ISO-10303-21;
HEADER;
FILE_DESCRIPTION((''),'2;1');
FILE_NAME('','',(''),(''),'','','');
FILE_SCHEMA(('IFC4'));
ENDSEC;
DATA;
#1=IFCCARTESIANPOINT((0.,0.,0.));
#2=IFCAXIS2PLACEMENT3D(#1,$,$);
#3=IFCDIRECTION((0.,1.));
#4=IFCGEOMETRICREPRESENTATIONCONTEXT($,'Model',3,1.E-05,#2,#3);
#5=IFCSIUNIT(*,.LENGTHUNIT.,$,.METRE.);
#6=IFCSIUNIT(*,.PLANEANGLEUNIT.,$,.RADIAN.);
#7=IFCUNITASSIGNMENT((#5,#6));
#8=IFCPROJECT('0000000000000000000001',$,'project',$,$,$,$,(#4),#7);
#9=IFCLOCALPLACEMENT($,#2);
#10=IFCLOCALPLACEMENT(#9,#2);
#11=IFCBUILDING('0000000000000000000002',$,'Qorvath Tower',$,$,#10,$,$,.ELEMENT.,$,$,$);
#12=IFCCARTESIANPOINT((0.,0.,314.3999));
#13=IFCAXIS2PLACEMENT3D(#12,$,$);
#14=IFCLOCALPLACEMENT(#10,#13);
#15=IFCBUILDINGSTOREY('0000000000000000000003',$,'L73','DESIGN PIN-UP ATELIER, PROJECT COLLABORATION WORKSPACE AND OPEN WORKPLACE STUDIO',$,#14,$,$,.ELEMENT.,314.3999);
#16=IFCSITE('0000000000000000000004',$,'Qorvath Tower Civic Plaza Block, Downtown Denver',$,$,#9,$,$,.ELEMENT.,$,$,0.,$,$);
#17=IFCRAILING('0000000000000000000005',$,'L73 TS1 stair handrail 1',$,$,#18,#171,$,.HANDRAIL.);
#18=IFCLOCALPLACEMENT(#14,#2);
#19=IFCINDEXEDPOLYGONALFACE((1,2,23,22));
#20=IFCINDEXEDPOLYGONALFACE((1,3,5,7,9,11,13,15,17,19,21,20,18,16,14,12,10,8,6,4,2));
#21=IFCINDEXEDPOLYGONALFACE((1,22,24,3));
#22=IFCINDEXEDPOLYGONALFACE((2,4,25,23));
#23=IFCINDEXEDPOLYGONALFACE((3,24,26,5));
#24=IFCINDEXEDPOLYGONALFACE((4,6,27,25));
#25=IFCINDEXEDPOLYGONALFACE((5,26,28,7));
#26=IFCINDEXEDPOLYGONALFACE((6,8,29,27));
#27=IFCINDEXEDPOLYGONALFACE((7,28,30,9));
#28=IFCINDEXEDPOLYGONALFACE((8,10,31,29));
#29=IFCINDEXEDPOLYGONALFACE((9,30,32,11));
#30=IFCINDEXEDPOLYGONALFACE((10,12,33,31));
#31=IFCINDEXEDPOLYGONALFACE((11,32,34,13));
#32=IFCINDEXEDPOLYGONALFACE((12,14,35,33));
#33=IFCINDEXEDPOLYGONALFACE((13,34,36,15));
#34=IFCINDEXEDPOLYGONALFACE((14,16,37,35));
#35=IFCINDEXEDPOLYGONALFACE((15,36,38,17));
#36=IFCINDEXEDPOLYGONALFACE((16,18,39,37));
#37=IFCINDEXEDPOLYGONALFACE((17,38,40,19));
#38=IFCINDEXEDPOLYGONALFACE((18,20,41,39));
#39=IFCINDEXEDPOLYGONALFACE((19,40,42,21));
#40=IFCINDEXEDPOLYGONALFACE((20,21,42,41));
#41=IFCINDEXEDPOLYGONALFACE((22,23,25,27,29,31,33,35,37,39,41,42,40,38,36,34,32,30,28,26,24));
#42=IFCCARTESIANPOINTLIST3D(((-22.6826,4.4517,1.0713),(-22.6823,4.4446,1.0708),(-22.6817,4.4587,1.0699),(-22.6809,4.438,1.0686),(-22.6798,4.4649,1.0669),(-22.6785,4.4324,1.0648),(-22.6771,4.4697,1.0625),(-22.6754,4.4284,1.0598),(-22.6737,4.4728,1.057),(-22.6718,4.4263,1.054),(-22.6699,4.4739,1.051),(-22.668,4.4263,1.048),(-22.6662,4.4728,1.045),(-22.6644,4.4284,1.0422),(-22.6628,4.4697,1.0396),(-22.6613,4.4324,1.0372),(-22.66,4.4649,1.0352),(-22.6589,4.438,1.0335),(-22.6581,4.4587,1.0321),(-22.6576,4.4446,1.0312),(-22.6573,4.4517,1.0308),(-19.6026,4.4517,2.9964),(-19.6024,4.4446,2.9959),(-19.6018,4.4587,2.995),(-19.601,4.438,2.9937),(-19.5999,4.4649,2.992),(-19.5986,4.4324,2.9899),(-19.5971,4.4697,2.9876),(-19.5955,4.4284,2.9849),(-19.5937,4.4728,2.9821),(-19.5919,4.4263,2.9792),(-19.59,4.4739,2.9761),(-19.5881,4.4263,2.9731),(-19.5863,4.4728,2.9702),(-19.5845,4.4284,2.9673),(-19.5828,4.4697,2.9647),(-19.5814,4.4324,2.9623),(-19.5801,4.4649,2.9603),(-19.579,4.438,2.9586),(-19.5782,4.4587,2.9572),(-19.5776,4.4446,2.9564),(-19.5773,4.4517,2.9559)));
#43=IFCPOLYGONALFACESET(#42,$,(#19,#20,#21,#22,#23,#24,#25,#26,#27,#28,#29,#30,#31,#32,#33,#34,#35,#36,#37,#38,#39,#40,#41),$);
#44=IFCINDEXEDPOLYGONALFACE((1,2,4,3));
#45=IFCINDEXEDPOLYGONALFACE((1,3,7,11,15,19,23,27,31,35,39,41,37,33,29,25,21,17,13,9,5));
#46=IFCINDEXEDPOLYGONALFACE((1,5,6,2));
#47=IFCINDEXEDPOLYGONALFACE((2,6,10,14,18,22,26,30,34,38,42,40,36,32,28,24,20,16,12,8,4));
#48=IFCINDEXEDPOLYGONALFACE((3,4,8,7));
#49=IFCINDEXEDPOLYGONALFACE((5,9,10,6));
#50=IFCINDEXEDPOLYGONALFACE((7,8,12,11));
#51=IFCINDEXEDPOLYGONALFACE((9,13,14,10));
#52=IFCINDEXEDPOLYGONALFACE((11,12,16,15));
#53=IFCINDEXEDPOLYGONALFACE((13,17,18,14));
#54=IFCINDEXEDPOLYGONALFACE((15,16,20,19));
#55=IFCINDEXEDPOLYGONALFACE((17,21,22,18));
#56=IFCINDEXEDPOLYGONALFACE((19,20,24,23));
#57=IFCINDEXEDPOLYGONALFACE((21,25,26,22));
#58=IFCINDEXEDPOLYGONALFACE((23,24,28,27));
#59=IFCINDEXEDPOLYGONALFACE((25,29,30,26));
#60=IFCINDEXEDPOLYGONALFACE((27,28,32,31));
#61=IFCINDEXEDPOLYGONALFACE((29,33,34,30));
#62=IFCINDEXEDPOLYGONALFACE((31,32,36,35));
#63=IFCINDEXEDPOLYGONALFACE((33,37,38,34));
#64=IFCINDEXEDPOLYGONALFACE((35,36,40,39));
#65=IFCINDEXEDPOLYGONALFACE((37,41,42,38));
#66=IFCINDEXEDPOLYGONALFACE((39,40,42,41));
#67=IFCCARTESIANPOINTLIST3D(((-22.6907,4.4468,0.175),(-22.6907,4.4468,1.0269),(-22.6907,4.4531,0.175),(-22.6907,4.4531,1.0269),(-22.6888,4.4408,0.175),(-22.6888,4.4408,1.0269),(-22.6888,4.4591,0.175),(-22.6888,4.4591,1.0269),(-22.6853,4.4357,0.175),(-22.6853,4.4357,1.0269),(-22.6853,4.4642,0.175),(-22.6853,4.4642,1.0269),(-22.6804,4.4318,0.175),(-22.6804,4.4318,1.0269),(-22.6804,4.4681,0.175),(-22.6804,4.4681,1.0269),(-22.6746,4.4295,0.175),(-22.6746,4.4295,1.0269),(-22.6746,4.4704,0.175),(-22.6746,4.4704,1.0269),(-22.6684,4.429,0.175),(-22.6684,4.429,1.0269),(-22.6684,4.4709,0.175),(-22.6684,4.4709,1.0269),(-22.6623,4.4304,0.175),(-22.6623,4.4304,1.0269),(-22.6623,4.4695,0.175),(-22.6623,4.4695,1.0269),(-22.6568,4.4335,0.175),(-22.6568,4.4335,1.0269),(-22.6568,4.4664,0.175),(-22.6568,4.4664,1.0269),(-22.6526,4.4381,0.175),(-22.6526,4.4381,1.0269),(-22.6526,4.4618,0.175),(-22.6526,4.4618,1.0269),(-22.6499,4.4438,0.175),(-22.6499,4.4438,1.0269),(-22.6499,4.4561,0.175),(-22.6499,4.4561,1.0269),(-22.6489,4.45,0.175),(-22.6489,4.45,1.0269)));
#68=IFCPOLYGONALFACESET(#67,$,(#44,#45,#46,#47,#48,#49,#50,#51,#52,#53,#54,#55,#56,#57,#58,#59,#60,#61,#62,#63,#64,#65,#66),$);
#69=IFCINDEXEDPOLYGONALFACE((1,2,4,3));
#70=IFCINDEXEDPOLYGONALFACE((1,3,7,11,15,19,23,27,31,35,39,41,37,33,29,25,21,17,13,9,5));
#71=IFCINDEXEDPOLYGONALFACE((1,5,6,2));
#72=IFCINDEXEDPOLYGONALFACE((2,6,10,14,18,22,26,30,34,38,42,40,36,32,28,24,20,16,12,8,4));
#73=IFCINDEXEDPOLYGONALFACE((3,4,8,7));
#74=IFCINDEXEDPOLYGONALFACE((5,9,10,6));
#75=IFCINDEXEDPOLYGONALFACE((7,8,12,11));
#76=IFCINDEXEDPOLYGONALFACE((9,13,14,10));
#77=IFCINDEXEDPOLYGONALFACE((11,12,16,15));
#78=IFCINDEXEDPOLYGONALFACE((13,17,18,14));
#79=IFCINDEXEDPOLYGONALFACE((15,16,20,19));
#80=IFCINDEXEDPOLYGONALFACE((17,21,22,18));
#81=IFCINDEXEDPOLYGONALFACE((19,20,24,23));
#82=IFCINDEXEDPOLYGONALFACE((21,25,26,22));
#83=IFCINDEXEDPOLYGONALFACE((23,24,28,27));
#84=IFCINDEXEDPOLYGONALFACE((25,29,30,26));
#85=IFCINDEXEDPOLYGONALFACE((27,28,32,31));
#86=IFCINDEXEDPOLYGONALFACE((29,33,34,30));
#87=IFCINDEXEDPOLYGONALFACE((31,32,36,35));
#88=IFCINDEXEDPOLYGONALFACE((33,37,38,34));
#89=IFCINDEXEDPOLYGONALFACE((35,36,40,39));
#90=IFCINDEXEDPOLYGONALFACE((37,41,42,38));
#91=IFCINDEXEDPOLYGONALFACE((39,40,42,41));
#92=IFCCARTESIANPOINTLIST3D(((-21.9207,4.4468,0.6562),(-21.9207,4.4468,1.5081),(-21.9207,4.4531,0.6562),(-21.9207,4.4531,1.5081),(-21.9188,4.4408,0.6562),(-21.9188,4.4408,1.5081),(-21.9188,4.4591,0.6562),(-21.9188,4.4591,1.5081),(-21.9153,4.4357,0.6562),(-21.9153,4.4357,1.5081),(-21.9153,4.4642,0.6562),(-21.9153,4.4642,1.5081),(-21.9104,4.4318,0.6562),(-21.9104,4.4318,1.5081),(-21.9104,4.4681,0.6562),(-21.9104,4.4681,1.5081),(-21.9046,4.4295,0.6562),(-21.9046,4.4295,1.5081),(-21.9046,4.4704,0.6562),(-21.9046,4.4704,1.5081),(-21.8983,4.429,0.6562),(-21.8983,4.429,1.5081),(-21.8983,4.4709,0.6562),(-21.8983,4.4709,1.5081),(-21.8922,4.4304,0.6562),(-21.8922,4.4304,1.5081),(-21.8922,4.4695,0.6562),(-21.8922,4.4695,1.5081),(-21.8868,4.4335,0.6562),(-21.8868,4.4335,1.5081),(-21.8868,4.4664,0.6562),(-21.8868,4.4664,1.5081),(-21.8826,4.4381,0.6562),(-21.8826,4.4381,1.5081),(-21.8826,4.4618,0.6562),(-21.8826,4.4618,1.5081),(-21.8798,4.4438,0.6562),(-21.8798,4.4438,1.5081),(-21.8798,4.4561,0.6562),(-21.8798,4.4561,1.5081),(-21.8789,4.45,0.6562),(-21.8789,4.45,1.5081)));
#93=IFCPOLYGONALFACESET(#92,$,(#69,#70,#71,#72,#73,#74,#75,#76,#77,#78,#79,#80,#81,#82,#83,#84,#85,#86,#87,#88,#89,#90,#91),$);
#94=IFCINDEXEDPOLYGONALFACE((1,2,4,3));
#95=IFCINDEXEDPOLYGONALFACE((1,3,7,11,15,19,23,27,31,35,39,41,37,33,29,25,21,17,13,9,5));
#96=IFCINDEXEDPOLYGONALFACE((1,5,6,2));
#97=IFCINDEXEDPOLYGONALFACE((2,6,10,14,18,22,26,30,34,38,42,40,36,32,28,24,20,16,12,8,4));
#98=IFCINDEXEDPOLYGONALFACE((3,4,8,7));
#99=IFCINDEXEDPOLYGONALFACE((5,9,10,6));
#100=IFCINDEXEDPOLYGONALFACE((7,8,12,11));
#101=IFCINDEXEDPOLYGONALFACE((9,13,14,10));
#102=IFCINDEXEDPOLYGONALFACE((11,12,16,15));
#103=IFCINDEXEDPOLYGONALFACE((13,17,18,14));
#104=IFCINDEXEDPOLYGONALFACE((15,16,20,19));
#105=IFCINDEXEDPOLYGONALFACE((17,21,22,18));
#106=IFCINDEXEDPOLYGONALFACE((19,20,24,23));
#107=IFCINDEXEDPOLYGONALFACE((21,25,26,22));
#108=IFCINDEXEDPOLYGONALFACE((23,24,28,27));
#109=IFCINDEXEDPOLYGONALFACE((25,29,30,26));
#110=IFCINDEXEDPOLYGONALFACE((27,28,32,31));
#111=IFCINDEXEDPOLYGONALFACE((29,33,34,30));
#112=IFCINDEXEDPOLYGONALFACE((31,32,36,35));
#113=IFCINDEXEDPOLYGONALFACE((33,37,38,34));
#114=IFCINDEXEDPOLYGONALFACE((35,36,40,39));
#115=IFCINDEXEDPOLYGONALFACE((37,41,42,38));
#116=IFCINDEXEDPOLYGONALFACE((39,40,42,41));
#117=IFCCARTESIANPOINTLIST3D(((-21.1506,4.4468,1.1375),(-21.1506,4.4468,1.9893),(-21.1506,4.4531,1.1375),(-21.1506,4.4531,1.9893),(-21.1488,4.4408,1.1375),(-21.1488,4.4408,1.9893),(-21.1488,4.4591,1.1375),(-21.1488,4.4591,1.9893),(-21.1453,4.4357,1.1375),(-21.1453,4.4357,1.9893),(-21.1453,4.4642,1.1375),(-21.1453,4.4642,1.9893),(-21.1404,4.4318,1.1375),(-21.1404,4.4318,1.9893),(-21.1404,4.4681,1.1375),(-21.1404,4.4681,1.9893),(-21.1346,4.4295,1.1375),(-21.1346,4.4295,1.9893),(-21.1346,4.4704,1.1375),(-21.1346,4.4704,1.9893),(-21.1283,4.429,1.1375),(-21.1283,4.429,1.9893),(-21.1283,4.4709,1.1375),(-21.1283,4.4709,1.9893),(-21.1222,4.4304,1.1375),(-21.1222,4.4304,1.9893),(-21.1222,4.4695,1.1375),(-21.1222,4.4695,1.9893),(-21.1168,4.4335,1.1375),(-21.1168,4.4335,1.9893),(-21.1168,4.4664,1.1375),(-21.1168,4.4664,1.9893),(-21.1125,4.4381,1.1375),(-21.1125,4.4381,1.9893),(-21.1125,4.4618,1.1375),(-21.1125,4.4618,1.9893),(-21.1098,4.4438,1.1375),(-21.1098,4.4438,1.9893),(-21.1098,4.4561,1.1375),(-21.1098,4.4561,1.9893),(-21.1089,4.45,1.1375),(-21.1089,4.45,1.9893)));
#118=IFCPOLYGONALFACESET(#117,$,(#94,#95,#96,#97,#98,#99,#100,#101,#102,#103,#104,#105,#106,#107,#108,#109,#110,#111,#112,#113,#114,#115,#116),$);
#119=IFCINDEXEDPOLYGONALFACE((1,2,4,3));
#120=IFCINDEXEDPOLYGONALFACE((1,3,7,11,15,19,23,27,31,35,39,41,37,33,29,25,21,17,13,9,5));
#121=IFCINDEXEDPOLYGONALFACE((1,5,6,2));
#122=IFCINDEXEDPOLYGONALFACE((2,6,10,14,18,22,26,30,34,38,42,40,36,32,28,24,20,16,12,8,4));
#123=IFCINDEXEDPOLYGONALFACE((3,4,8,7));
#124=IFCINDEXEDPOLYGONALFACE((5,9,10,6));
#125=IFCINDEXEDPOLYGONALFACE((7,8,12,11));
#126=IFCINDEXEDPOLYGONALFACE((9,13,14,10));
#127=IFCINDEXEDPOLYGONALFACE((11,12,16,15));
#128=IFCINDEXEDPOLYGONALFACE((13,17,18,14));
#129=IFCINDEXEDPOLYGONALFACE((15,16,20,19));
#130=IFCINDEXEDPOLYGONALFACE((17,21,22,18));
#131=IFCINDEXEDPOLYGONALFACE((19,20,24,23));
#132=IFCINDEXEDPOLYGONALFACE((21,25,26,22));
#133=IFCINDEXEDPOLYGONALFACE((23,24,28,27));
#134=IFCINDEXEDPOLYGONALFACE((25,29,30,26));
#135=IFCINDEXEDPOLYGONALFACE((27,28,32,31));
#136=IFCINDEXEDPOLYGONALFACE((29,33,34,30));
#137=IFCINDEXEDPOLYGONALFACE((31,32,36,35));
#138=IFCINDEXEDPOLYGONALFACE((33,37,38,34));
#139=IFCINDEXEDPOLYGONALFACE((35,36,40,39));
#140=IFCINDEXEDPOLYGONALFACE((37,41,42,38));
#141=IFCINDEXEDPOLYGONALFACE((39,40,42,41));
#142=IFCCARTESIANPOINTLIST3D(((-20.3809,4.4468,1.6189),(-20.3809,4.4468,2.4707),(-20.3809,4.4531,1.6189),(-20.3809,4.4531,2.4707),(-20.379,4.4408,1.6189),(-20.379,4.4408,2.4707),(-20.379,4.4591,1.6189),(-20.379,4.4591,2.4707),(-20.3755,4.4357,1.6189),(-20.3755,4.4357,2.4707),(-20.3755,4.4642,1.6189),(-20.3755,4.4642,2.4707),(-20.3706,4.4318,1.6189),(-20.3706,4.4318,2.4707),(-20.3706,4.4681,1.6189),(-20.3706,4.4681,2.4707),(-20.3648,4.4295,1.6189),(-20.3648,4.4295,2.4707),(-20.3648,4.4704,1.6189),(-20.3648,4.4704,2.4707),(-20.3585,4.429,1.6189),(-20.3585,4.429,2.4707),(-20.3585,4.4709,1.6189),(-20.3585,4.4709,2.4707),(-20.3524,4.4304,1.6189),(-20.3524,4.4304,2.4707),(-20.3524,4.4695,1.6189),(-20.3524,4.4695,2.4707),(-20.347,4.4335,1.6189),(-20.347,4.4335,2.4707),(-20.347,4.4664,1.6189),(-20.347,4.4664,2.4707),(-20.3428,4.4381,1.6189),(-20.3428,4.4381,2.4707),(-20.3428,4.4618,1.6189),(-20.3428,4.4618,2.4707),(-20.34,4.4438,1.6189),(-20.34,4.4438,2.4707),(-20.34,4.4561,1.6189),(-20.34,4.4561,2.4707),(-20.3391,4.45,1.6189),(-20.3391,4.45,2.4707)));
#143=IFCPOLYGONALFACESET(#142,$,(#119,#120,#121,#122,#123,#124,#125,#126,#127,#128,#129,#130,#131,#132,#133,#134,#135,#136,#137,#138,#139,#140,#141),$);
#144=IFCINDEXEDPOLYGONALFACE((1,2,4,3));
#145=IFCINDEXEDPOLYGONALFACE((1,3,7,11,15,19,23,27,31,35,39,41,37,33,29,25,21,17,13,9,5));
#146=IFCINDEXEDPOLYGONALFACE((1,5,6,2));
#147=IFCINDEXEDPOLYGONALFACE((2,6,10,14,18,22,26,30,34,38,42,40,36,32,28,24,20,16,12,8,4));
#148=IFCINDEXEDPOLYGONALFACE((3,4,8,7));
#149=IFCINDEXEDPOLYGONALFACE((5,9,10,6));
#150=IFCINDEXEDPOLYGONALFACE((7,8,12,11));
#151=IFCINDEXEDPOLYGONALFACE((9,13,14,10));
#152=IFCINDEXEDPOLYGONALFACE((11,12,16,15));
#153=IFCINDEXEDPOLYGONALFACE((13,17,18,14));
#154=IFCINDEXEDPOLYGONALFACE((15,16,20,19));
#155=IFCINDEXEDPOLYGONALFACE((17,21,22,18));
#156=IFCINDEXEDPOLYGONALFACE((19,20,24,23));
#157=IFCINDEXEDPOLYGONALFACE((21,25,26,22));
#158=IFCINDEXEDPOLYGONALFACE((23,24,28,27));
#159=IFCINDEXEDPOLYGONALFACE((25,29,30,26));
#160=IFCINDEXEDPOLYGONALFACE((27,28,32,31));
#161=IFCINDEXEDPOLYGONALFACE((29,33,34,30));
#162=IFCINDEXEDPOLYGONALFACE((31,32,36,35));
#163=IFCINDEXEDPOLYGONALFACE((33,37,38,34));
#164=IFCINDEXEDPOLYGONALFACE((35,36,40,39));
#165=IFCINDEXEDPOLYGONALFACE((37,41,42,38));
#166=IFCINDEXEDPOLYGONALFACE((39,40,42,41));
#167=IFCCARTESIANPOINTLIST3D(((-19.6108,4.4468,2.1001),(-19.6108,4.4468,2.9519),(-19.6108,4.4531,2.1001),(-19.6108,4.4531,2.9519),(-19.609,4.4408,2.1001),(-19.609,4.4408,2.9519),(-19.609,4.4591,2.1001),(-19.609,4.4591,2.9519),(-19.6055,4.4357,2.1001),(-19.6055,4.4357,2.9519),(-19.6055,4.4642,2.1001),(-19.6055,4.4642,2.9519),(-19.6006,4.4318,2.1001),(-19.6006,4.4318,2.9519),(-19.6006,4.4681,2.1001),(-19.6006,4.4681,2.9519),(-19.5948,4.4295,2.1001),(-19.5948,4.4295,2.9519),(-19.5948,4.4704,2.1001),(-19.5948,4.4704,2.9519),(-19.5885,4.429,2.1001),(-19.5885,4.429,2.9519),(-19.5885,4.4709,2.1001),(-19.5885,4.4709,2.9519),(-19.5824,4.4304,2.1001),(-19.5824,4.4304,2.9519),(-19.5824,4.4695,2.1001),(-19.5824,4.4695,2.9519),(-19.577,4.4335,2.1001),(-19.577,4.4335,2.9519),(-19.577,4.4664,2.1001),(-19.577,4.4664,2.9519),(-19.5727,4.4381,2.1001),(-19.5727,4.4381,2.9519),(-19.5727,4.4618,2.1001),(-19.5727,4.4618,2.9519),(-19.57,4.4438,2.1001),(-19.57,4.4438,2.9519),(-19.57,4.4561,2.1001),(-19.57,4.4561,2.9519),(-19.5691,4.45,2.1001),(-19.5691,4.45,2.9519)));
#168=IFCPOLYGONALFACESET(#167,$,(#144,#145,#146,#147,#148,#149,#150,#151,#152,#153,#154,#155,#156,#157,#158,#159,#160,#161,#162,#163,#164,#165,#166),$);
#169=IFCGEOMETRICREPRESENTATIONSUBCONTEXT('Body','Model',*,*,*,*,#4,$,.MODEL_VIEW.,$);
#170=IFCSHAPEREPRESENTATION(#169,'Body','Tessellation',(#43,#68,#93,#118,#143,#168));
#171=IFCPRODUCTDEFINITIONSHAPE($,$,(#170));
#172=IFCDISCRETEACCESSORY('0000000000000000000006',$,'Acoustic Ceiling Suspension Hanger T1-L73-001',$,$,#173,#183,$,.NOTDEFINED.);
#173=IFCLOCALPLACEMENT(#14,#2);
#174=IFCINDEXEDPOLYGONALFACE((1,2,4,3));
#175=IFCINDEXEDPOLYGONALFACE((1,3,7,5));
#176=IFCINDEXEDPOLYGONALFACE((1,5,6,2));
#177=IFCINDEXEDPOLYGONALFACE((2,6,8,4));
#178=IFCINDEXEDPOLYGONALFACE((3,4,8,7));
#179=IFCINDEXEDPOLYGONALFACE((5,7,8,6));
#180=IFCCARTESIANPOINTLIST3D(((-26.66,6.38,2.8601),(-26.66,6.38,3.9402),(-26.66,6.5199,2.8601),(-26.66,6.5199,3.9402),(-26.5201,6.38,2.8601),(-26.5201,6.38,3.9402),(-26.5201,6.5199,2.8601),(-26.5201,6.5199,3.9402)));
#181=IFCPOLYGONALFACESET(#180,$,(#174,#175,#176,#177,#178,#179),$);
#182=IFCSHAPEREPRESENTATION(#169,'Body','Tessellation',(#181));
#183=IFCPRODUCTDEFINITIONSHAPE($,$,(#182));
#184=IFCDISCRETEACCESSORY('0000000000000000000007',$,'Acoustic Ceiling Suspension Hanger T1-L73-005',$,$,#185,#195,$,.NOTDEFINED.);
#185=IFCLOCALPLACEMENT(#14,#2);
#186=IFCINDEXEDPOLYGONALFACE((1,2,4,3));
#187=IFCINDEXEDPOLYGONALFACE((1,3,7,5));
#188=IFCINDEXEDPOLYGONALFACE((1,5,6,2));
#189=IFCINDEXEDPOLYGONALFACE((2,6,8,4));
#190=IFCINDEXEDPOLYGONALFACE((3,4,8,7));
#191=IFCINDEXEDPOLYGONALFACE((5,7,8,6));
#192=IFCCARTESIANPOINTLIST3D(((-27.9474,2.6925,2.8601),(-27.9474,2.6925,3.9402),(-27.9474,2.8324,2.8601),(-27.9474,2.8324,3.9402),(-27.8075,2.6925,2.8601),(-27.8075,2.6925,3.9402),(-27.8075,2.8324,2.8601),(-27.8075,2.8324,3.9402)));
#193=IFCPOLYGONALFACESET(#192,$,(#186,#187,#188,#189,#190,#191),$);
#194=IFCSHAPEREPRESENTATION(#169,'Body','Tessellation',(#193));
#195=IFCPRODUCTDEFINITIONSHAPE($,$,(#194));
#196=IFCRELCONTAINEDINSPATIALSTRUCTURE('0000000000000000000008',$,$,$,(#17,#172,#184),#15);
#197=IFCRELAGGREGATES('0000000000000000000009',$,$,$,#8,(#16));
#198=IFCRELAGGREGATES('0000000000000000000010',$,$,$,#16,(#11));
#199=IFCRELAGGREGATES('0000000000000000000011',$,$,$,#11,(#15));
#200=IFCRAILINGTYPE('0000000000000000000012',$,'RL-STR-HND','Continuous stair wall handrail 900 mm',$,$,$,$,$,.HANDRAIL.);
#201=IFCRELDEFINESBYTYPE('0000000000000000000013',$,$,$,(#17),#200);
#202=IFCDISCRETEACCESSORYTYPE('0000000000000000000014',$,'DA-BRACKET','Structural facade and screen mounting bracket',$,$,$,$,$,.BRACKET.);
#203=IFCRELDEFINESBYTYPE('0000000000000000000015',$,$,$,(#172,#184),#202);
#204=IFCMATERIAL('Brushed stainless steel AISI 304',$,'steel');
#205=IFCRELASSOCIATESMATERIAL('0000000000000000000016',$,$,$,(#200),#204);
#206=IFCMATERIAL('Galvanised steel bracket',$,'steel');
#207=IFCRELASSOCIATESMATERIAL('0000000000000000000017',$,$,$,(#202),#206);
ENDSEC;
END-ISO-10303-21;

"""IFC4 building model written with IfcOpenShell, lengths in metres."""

from ifc_helpers import new_model, si_unit, direction, frame, origin, origin_2d, place, context, subcontext, project, spatial, rectangle, circle, extrude, material, type_object, element, save


model = new_model("IFC4")

# Units and contexts
model_context = context("Model", 3, precision=1e-05, world=origin(), true_north=direction((0.0, 1.0)))
body_context = subcontext(model_context, "Body", "Model", "MODEL_VIEW")
ifc_project = project(units=[si_unit("LENGTHUNIT", "METRE"), si_unit("PLANEANGLEUNIT", "RADIAN")], contexts=[model_context])

# Site, building, storey
site_placement = place(None, origin())
site = spatial("IfcSite", under=ifc_project, at=site_placement, Name="Qorvath Tower Civic Plaza Block, Downtown Denver", CompositionType="ELEMENT", RefElevation=0.0)
building_placement = place(site_placement, origin())
building = spatial("IfcBuilding", under=site, at=building_placement, Name="Qorvath Tower", CompositionType="ELEMENT")
storey_placement = place(building_placement, frame((0.0, 0.0, 314.3999)))
storey = spatial("IfcBuildingStorey", under=building, at=storey_placement, Name="L73", Description="DESIGN PIN-UP ATELIER, PROJECT COLLABORATION WORKSPACE AND OPEN WORKPLACE STUDIO", CompositionType="ELEMENT", Elevation=314.3999)

# Railing
ifc_material_1 = material(Name="Brushed stainless steel AISI 304", Category="steel")
railing_type_1 = type_object("IfcRailingType", Name="RL-STR-HND", Description="Continuous stair wall handrail 900 mm", PredefinedType="HANDRAIL", material=ifc_material_1)
railing_1_placement = place(storey_placement, frame((-22.6699, 4.45, 0.175)))
element("IfcRailing", 1, at=railing_1_placement, inside=storey, type_object=railing_type_1, Name="L73 TS1 stair handrail 1", PredefinedType="HANDRAIL", context=body_context, shape_type="SweptSolid", body=[
    extrude(circle(Radius=0.0239, at=origin_2d()), frame((0.0, 0.0, 0.876), z_axis=(0.847979, 0.0, 0.530029), x_axis=(0.0, 1.0, 0.0)), (0.0, 0.0, 1.0), 3.6321),
    extrude(circle(Radius=0.021, at=origin_2d()), origin(), (0.0, 0.0, 1.0), 0.8518),
    extrude(circle(Radius=0.021, at=origin_2d()), frame((0.77, 0.0, 0.4812)), (0.0, 0.0, 1.0), 0.8518),
    extrude(circle(Radius=0.021, at=origin_2d()), frame((1.54, 0.0, 0.9624)), (0.0, 0.0, 1.0), 0.8518),
    extrude(circle(Radius=0.021, at=origin_2d()), frame((2.3098, 0.0, 1.4438)), (0.0, 0.0, 1.0), 0.8518),
    extrude(circle(Radius=0.021, at=origin_2d()), frame((3.0798, 0.0, 1.925)), (0.0, 0.0, 1.0), 0.8518),
])

# Discrete accessories
ifc_material_2 = material(Name="Galvanised steel bracket", Category="steel")
discrete_accessory_type = type_object("IfcDiscreteAccessoryType", Name="DA-BRACKET", Description="Structural facade and screen mounting bracket", PredefinedType="BRACKET", material=ifc_material_2)
for number, where, z_axis, x_axis, name in (
    (2, (-26.5901, 6.45, 2.8601), (0.0, 0.0, 1.0), (1.0, 0.0, 0.0), "Acoustic Ceiling Suspension Hanger T1-L73-001"),
    (3, (-27.8774, 2.7625, 2.8601), (0.0, 0.0, 1.0), (1.0, 0.0, 0.0), "Acoustic Ceiling Suspension Hanger T1-L73-005"),
):
    element("IfcDiscreteAccessory", number, at=place(storey_placement, frame(where, z_axis=z_axis, x_axis=x_axis)), inside=storey, type_object=discrete_accessory_type, Name=name, PredefinedType="NOTDEFINED", context=body_context, shape_type="SweptSolid", body=[
        extrude(rectangle(XDim=0.1399, YDim=0.1399, at=origin_2d()), origin(), (0.0, 0.0, 1.0), 1.0801),
    ])

save(model, "model.ifc")
